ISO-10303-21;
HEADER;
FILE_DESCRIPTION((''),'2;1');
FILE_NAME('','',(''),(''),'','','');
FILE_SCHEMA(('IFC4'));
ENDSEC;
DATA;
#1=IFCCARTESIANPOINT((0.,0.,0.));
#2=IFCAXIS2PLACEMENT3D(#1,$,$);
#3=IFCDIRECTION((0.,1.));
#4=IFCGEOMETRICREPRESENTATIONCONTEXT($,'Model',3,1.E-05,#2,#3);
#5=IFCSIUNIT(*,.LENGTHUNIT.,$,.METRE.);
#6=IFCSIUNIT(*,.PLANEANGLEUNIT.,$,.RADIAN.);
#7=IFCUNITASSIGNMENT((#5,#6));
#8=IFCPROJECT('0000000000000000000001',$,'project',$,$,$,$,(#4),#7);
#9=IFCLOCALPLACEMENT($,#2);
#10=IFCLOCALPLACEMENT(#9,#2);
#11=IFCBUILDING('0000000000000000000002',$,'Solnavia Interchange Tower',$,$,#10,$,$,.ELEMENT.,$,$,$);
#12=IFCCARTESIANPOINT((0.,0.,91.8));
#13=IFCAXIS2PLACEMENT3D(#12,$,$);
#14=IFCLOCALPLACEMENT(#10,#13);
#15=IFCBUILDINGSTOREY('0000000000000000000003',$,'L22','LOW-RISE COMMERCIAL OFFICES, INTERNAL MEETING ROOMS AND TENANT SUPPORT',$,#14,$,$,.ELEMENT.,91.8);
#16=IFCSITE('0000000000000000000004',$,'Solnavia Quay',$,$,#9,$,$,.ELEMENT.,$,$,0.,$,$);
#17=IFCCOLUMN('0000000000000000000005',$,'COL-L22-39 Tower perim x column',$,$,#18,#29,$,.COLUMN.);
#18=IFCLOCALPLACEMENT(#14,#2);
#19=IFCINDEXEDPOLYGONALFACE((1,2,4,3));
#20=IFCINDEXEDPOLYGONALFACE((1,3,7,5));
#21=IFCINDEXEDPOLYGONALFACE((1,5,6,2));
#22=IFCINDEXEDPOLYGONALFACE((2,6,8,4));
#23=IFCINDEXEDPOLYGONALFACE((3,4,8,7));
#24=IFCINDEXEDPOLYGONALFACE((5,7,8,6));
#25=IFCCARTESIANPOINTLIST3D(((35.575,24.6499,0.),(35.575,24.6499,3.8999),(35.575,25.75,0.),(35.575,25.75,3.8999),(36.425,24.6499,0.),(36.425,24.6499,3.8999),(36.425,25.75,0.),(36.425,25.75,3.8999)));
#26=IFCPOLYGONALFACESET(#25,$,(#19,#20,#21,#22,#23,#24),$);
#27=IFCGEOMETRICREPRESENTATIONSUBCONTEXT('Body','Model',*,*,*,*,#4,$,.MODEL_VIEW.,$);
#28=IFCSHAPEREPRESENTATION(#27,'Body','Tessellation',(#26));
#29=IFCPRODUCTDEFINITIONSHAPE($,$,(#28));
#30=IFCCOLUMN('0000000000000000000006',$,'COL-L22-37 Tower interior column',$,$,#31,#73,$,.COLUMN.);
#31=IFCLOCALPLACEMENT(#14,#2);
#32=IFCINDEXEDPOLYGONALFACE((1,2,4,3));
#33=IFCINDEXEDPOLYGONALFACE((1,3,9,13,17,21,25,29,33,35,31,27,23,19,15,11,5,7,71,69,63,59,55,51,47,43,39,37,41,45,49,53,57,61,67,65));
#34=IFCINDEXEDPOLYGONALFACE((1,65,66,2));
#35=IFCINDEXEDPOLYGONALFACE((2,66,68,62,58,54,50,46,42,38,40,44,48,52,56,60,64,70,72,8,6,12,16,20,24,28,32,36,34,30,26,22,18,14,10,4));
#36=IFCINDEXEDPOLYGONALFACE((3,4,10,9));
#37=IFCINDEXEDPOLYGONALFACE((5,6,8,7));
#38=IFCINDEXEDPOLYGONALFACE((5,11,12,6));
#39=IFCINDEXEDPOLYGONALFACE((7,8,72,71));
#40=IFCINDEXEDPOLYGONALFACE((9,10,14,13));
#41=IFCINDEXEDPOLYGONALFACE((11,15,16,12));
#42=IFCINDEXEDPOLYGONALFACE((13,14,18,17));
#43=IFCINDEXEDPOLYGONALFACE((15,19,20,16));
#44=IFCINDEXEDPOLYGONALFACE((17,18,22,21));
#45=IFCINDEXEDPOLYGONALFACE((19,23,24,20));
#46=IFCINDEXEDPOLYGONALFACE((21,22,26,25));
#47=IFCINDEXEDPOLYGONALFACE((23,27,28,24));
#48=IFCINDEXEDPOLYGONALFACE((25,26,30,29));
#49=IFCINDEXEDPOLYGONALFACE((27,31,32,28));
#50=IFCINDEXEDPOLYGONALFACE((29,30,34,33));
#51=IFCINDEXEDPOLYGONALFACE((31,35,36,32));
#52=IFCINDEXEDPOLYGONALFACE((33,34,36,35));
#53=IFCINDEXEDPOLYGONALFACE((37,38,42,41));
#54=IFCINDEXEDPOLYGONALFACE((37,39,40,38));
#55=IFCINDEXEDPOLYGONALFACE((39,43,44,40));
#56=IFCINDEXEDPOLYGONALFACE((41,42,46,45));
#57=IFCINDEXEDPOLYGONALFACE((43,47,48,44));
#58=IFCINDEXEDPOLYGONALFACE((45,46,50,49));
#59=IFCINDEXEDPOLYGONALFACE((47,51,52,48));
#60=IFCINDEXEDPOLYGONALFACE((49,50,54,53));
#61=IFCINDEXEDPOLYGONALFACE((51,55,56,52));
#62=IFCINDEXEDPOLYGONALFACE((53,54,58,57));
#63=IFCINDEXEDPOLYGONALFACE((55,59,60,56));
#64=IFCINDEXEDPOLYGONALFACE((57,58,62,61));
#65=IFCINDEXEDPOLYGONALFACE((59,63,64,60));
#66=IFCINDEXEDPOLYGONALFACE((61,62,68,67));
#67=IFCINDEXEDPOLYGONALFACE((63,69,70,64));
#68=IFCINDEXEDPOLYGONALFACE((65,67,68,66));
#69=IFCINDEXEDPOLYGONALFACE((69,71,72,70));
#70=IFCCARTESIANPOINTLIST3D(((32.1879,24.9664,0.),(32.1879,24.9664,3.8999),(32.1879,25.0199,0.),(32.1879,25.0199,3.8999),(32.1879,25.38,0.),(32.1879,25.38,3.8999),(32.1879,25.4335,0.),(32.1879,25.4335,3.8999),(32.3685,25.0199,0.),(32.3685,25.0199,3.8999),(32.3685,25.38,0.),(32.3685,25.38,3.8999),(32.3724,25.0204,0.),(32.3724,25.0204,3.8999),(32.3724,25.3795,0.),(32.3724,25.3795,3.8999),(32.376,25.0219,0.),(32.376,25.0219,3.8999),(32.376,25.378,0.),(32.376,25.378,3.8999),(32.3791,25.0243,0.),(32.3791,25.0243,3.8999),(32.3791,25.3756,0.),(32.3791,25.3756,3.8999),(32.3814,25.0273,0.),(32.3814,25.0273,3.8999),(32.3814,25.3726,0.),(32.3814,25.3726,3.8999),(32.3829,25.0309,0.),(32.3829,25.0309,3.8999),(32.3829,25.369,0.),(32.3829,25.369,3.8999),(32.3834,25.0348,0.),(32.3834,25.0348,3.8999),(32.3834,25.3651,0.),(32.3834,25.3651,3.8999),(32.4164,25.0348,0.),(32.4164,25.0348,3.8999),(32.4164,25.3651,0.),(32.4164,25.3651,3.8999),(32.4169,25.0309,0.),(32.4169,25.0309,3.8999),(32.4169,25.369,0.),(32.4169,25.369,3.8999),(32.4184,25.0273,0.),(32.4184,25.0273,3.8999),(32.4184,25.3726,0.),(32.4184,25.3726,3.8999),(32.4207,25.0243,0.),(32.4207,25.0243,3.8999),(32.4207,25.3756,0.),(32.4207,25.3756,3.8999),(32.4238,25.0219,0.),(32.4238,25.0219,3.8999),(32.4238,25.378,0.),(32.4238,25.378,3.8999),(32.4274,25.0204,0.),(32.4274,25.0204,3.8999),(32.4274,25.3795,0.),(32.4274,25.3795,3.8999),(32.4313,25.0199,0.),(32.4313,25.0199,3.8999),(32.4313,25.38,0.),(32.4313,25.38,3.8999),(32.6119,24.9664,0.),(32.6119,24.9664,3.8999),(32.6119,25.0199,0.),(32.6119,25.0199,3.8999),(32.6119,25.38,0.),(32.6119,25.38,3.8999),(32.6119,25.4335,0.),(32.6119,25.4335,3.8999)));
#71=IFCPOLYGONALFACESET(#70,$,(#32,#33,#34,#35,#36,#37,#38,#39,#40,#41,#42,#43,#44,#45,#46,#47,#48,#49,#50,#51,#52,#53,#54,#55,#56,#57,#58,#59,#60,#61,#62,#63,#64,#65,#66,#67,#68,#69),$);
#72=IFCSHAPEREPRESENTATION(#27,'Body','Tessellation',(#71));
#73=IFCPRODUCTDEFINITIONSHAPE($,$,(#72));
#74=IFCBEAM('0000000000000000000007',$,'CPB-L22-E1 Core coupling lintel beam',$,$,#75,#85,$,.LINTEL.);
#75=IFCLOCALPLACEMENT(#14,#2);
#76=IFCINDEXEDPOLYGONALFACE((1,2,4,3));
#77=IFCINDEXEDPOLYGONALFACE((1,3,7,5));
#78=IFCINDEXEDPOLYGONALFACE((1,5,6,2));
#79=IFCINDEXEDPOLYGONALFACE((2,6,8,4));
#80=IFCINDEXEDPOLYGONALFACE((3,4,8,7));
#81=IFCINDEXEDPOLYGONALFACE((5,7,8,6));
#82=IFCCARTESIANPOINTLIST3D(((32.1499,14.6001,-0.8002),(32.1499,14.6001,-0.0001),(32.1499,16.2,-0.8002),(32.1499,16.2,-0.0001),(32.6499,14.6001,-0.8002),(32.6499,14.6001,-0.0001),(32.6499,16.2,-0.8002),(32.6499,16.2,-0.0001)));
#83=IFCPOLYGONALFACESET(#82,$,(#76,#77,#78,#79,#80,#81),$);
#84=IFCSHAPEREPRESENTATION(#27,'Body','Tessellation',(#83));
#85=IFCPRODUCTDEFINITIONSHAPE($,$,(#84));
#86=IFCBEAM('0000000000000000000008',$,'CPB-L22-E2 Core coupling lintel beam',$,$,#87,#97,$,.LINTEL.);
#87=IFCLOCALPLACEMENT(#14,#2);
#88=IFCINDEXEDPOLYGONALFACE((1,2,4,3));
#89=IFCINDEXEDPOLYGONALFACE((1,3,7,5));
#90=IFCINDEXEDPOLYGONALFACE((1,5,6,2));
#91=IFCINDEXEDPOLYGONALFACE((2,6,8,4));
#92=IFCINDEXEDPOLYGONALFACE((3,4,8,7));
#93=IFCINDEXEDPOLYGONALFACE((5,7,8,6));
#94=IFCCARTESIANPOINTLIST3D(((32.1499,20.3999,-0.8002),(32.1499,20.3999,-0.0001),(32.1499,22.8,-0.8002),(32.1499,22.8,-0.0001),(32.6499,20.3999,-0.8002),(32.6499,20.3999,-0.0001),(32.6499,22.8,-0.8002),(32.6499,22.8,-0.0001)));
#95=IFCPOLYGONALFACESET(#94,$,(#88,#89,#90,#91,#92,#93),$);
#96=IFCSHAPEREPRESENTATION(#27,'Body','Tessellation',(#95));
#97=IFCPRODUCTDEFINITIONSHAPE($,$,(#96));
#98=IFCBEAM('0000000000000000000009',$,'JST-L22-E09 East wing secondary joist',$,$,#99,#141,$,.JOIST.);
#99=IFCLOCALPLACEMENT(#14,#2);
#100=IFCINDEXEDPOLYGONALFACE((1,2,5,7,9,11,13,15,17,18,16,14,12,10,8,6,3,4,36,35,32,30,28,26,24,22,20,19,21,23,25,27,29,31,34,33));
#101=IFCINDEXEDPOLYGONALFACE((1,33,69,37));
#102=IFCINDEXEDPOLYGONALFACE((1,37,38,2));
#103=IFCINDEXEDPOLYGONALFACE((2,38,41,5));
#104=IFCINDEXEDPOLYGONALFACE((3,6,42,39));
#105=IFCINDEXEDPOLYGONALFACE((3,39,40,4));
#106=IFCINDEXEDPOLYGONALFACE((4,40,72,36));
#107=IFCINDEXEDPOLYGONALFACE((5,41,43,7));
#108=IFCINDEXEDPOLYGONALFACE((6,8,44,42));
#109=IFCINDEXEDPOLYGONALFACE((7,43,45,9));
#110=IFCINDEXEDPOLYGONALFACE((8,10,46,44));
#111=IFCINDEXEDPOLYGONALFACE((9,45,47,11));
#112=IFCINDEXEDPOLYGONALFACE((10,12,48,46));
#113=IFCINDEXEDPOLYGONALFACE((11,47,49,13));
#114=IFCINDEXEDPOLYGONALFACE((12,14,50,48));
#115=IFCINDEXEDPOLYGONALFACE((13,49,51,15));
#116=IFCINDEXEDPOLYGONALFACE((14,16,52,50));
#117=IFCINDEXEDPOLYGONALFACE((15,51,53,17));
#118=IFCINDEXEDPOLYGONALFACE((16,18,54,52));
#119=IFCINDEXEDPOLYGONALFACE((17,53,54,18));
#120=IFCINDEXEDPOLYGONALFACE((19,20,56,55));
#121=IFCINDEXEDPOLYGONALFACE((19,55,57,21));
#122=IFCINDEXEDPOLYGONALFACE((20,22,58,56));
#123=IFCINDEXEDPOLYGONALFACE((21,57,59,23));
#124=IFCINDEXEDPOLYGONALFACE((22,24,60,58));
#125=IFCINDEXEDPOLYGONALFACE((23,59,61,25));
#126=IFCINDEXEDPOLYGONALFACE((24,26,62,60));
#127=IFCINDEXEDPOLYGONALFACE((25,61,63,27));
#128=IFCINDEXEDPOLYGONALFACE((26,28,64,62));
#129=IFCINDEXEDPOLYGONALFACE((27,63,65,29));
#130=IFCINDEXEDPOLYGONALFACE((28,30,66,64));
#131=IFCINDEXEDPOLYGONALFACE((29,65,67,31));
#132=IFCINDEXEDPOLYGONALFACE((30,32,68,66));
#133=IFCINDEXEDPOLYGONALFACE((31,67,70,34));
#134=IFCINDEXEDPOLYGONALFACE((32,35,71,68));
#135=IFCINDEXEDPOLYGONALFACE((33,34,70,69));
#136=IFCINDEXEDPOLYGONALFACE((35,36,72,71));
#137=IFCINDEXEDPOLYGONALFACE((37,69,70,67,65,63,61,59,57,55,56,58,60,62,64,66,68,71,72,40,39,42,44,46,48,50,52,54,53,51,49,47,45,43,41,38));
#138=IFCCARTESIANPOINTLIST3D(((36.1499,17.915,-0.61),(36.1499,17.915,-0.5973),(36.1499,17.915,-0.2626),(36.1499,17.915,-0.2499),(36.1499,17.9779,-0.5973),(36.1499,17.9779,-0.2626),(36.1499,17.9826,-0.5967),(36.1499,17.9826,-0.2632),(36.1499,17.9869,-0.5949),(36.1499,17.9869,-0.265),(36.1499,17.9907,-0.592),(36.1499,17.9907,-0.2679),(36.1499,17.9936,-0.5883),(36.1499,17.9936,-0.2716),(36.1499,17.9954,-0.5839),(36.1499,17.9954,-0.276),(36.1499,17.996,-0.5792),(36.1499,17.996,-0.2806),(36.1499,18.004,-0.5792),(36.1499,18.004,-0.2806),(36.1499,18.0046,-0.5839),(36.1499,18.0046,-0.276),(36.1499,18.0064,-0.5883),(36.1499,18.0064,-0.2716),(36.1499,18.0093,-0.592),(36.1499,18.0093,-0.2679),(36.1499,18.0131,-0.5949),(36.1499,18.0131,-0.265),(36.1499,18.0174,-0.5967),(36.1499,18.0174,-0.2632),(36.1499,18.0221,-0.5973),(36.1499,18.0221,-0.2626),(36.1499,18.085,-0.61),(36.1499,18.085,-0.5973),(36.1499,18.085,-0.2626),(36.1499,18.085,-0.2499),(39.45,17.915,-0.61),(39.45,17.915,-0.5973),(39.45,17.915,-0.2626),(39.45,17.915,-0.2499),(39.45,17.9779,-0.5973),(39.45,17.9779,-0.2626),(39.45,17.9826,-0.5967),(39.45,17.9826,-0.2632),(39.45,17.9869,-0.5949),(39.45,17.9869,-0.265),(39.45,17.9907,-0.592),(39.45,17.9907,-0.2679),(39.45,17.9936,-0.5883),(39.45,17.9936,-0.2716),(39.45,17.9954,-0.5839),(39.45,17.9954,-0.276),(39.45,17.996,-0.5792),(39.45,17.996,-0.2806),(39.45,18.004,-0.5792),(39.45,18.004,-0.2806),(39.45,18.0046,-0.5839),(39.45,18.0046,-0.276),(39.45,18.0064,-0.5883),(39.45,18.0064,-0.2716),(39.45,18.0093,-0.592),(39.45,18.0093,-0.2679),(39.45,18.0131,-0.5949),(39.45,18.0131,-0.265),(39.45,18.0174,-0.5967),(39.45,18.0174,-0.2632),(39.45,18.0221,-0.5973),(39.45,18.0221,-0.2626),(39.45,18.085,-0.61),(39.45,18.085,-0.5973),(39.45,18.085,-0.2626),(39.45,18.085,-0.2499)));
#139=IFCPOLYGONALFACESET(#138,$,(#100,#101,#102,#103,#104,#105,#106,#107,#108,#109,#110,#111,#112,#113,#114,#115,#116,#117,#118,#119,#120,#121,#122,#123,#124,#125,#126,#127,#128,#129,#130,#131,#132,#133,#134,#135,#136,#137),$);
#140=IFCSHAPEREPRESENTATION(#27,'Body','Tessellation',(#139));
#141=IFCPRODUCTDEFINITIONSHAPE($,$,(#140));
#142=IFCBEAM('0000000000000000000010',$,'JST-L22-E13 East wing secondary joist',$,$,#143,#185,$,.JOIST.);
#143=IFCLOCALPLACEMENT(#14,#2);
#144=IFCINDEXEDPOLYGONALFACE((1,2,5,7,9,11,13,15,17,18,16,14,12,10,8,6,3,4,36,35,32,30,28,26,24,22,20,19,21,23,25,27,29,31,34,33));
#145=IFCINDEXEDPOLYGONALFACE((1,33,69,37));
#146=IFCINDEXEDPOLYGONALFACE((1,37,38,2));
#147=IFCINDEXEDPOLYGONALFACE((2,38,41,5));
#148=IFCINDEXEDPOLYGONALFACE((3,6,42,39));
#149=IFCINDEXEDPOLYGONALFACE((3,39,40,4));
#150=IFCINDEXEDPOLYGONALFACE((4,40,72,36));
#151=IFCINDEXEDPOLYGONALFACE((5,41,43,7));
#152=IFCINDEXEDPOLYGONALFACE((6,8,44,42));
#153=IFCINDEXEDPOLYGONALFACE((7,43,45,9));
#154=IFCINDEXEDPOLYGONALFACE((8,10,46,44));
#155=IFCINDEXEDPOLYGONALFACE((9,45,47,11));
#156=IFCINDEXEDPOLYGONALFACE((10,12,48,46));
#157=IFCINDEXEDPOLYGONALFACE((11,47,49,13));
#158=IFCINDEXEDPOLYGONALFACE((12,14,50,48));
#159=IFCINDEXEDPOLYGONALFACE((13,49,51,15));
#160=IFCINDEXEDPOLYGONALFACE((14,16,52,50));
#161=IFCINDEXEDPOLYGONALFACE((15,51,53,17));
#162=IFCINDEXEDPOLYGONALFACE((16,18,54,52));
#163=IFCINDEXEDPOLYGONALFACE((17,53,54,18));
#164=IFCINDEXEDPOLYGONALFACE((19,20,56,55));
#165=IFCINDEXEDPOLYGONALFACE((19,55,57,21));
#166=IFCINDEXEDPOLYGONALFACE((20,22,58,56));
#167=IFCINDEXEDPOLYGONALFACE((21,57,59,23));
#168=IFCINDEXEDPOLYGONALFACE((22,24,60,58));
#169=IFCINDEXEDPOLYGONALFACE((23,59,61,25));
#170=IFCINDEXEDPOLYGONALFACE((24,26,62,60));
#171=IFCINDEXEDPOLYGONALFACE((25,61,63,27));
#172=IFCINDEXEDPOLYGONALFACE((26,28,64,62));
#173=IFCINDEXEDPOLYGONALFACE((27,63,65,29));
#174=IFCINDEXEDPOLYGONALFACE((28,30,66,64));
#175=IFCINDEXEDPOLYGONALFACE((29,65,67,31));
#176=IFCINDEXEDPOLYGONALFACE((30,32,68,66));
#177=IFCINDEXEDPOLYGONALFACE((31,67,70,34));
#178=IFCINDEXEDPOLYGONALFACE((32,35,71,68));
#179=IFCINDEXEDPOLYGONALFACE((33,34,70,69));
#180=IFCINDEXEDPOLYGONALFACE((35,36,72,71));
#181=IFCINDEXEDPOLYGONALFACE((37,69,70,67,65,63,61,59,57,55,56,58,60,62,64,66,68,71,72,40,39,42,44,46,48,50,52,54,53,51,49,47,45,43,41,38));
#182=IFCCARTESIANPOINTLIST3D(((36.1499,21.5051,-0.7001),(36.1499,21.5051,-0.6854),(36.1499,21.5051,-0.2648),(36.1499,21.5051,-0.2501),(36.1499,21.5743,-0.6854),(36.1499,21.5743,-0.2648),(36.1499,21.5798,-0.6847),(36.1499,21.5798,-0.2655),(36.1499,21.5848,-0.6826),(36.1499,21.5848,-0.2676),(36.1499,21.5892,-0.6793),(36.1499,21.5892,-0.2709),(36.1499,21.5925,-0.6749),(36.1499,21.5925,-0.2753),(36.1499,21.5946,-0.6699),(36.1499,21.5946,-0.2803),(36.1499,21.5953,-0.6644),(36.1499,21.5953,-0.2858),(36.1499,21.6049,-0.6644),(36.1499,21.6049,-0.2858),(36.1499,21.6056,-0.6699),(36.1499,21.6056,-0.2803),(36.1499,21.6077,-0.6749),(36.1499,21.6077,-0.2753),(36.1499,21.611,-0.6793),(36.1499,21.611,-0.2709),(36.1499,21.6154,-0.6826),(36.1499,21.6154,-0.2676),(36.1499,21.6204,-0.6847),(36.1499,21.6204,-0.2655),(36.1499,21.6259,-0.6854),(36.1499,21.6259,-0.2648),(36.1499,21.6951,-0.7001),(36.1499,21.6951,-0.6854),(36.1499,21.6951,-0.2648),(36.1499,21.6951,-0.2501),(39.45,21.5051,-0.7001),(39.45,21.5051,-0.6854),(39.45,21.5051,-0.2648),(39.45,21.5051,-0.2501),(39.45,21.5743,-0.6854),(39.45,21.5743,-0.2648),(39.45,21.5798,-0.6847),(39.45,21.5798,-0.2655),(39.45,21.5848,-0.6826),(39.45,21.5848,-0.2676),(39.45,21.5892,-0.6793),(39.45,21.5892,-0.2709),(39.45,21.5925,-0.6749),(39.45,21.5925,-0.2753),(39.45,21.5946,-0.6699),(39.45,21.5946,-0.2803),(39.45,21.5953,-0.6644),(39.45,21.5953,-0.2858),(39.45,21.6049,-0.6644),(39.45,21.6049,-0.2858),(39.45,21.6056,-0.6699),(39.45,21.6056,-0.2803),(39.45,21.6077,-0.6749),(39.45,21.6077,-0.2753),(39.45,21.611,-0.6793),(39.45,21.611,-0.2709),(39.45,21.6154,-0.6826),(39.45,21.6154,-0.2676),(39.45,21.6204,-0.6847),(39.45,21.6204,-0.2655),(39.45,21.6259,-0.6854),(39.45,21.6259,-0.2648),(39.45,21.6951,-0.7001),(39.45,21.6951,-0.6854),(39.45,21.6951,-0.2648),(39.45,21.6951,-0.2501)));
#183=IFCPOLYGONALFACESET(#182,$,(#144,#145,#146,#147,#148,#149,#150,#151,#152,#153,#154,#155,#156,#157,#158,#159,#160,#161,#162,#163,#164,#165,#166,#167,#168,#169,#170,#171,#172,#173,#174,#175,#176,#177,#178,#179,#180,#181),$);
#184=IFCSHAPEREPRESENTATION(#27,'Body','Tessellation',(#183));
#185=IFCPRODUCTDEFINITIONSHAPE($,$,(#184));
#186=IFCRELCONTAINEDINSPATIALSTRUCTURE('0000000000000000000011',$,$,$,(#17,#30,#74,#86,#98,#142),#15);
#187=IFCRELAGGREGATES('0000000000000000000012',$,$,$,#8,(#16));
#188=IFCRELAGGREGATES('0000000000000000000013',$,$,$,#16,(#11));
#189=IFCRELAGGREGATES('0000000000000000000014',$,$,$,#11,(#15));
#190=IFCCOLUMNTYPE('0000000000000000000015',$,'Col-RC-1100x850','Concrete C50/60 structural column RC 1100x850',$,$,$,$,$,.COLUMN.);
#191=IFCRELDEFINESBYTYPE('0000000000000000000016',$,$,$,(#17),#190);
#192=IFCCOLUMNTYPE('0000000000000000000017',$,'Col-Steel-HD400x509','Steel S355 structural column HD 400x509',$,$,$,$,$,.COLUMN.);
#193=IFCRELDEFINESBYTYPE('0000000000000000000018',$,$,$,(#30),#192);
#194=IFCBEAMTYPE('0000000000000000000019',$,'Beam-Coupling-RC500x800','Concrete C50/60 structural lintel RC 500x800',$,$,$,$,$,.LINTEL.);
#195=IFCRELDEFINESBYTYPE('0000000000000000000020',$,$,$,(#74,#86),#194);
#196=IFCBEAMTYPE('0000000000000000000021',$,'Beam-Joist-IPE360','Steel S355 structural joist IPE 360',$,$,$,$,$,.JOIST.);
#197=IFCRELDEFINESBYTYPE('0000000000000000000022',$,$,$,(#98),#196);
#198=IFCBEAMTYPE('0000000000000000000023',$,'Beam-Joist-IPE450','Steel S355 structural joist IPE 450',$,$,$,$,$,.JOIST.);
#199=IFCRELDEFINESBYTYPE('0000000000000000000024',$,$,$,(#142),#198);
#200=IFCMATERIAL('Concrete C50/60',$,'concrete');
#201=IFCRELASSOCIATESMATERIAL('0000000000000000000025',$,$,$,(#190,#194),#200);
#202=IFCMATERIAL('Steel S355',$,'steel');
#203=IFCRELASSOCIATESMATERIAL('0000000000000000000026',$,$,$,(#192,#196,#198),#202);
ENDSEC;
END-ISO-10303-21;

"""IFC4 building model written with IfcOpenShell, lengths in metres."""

from ifc_helpers import new_model, si_unit, direction, frame, origin, origin_2d, place, context, subcontext, project, spatial, rectangle, i_section, extrude, material, material_profile, profile_set, type_object, element, save


model = new_model("IFC4")

# Units and contexts
model_context = context("Model", 3, precision=1e-05, world=origin(), true_north=direction((0.0, 1.0)))
body_context = subcontext(model_context, "Body", "Model", "MODEL_VIEW")
ifc_project = project(units=[si_unit("LENGTHUNIT", "METRE"), si_unit("PLANEANGLEUNIT", "RADIAN")], contexts=[model_context])

# Site, building, storey
site_placement = place(None, origin())
site = spatial("IfcSite", under=ifc_project, at=site_placement, Name="Solnavia Quay", CompositionType="ELEMENT", RefElevation=0.0)
building_placement = place(site_placement, origin())
building = spatial("IfcBuilding", under=site, at=building_placement, Name="Solnavia Interchange Tower", CompositionType="ELEMENT")
storey_placement = place(building_placement, frame((0.0, 0.0, 91.8)))
storey = spatial("IfcBuildingStorey", under=building, at=storey_placement, Name="L22", Description="LOW-RISE COMMERCIAL OFFICES, INTERNAL MEETING ROOMS AND TENANT SUPPORT", CompositionType="ELEMENT", Elevation=91.8)

# Columns
ifc_material_1 = material(Name="Concrete C50/60", Category="concrete")
ifc_material_profile_1 = material_profile(ifc_material_1, rectangle(XDim=0.8501, YDim=1.1001, at=origin_2d()), Name="RC 1100x850")
ifc_profile_set_1 = profile_set([ifc_material_profile_1], Name="Concrete C50/60")
column_type_1 = type_object("IfcColumnType", Name="Col-RC-1100x850", Description="Concrete C50/60 structural column RC 1100x850", PredefinedType="COLUMN", material=ifc_profile_set_1)
column_1_placement = place(storey_placement, frame((36.0, 25.2, 0.0), z_axis=(0.0, 0.0, 1.0), x_axis=(1.0, 0.0, 0.0)))
element("IfcColumn", 1, at=column_1_placement, inside=storey, type_object=column_type_1, Name="COL-L22-39 Tower perim x column", PredefinedType="COLUMN", context=body_context, shape_type="SweptSolid", body=[
    extrude(rectangle(XDim=0.8501, YDim=1.1001, at=origin_2d()), origin(), (0.0, 0.0, 1.0), 3.8999),
])
ifc_material_2 = material(Name="Steel S355", Category="steel")
ifc_material_profile_2 = material_profile(ifc_material_2, i_section(OverallWidth=0.4241, OverallDepth=0.467, WebThickness=0.033, FlangeThickness=0.0535, FilletRadius=0.0149, at=origin_2d()), Name="HD 400x509")
ifc_profile_set_2 = profile_set([ifc_material_profile_2], Name="Steel S355")
column_type_2 = type_object("IfcColumnType", Name="Col-Steel-HD400x509", Description="Steel S355 structural column HD 400x509", PredefinedType="COLUMN", material=ifc_profile_set_2)
column_2_placement = place(storey_placement, frame((32.3999, 25.2, 0.0), z_axis=(0.0, 0.0, 1.0), x_axis=(1.0, 0.0, 0.0)))
element("IfcColumn", 2, at=column_2_placement, inside=storey, type_object=column_type_2, Name="COL-L22-37 Tower interior column", PredefinedType="COLUMN", context=body_context, shape_type="SweptSolid", body=[
    extrude(i_section(OverallWidth=0.4241, OverallDepth=0.467, WebThickness=0.033, FlangeThickness=0.0535, FilletRadius=0.0149, at=origin_2d()), origin(), (0.0, 0.0, 1.0), 3.8999),
])

# Beams
ifc_material_profile_3 = material_profile(ifc_material_1, rectangle(XDim=0.5, YDim=0.8, at=origin_2d()), Name="RC 500x800")
ifc_profile_set_3 = profile_set([ifc_material_profile_3], Name="Concrete C50/60")
beam_type_1 = type_object("IfcBeamType", Name="Beam-Coupling-RC500x800", Description="Concrete C50/60 structural lintel RC 500x800", PredefinedType="LINTEL", material=ifc_profile_set_3)
beam_1_placement = place(storey_placement, frame((32.3999, 14.6001, -0.4001), z_axis=(0.0, 1.0, 0.0), x_axis=(-1.0, 0.0, 0.0)))
element("IfcBeam", 3, at=beam_1_placement, inside=storey, type_object=beam_type_1, Name="CPB-L22-E1 Core coupling lintel beam", PredefinedType="LINTEL", context=body_context, shape_type="SweptSolid", body=[
    extrude(rectangle(XDim=0.5, YDim=0.8, at=origin_2d()), origin(), (0.0, 0.0, 1.0), 1.5999),
])
beam_2_placement = place(storey_placement, frame((32.3999, 20.3999, -0.4001), z_axis=(0.0, 1.0, 0.0), x_axis=(-1.0, 0.0, 0.0)))
element("IfcBeam", 4, at=beam_2_placement, inside=storey, type_object=beam_type_1, Name="CPB-L22-E2 Core coupling lintel beam", PredefinedType="LINTEL", context=body_context, shape_type="SweptSolid", body=[
    extrude(rectangle(XDim=0.5, YDim=0.8, at=origin_2d()), origin(), (0.0, 0.0, 1.0), 2.4001),
])
ifc_material_profile_4 = material_profile(ifc_material_2, i_section(OverallWidth=0.1699, OverallDepth=0.3601, WebThickness=0.0081, FlangeThickness=0.0127, FilletRadius=0.0181, at=origin_2d()), Name="IPE 360")
ifc_profile_set_4 = profile_set([ifc_material_profile_4], Name="Steel S355")
beam_type_2 = type_object("IfcBeamType", Name="Beam-Joist-IPE360", Description="Steel S355 structural joist IPE 360", PredefinedType="JOIST", material=ifc_profile_set_4)
beam_3_placement = place(storey_placement, frame((36.1499, 18.0, -0.4299), z_axis=(1.0, 0.0, 0.0), x_axis=(0.0, 1.0, 0.0)))
element("IfcBeam", 5, at=beam_3_placement, inside=storey, type_object=beam_type_2, Name="JST-L22-E09 East wing secondary joist", PredefinedType="JOIST", context=body_context, shape_type="SweptSolid", body=[
    extrude(i_section(OverallWidth=0.1699, OverallDepth=0.3601, WebThickness=0.0081, FlangeThickness=0.0127, FilletRadius=0.0181, at=origin_2d()), origin(), (0.0, 0.0, 1.0), 3.3),
])
ifc_material_profile_5 = material_profile(ifc_material_2, i_section(OverallWidth=0.1899, OverallDepth=0.45, WebThickness=0.0095, FlangeThickness=0.0146, FilletRadius=0.021, at=origin_2d()), Name="IPE 450")
ifc_profile_set_5 = profile_set([ifc_material_profile_5], Name="Steel S355")
beam_type_3 = type_object("IfcBeamType", Name="Beam-Joist-IPE450", Description="Steel S355 structural joist IPE 450", PredefinedType="JOIST", material=ifc_profile_set_5)
beam_4_placement = place(storey_placement, frame((36.1499, 21.6001, -0.4751), z_axis=(1.0, 0.0, 0.0), x_axis=(0.0, 1.0, 0.0)))
element("IfcBeam", 6, at=beam_4_placement, inside=storey, type_object=beam_type_3, Name="JST-L22-E13 East wing secondary joist", PredefinedType="JOIST", context=body_context, shape_type="SweptSolid", body=[
    extrude(i_section(OverallWidth=0.1899, OverallDepth=0.45, WebThickness=0.0095, FlangeThickness=0.0146, FilletRadius=0.021, at=origin_2d()), origin(), (0.0, 0.0, 1.0), 3.3),
])

save(model, "model.ifc")
